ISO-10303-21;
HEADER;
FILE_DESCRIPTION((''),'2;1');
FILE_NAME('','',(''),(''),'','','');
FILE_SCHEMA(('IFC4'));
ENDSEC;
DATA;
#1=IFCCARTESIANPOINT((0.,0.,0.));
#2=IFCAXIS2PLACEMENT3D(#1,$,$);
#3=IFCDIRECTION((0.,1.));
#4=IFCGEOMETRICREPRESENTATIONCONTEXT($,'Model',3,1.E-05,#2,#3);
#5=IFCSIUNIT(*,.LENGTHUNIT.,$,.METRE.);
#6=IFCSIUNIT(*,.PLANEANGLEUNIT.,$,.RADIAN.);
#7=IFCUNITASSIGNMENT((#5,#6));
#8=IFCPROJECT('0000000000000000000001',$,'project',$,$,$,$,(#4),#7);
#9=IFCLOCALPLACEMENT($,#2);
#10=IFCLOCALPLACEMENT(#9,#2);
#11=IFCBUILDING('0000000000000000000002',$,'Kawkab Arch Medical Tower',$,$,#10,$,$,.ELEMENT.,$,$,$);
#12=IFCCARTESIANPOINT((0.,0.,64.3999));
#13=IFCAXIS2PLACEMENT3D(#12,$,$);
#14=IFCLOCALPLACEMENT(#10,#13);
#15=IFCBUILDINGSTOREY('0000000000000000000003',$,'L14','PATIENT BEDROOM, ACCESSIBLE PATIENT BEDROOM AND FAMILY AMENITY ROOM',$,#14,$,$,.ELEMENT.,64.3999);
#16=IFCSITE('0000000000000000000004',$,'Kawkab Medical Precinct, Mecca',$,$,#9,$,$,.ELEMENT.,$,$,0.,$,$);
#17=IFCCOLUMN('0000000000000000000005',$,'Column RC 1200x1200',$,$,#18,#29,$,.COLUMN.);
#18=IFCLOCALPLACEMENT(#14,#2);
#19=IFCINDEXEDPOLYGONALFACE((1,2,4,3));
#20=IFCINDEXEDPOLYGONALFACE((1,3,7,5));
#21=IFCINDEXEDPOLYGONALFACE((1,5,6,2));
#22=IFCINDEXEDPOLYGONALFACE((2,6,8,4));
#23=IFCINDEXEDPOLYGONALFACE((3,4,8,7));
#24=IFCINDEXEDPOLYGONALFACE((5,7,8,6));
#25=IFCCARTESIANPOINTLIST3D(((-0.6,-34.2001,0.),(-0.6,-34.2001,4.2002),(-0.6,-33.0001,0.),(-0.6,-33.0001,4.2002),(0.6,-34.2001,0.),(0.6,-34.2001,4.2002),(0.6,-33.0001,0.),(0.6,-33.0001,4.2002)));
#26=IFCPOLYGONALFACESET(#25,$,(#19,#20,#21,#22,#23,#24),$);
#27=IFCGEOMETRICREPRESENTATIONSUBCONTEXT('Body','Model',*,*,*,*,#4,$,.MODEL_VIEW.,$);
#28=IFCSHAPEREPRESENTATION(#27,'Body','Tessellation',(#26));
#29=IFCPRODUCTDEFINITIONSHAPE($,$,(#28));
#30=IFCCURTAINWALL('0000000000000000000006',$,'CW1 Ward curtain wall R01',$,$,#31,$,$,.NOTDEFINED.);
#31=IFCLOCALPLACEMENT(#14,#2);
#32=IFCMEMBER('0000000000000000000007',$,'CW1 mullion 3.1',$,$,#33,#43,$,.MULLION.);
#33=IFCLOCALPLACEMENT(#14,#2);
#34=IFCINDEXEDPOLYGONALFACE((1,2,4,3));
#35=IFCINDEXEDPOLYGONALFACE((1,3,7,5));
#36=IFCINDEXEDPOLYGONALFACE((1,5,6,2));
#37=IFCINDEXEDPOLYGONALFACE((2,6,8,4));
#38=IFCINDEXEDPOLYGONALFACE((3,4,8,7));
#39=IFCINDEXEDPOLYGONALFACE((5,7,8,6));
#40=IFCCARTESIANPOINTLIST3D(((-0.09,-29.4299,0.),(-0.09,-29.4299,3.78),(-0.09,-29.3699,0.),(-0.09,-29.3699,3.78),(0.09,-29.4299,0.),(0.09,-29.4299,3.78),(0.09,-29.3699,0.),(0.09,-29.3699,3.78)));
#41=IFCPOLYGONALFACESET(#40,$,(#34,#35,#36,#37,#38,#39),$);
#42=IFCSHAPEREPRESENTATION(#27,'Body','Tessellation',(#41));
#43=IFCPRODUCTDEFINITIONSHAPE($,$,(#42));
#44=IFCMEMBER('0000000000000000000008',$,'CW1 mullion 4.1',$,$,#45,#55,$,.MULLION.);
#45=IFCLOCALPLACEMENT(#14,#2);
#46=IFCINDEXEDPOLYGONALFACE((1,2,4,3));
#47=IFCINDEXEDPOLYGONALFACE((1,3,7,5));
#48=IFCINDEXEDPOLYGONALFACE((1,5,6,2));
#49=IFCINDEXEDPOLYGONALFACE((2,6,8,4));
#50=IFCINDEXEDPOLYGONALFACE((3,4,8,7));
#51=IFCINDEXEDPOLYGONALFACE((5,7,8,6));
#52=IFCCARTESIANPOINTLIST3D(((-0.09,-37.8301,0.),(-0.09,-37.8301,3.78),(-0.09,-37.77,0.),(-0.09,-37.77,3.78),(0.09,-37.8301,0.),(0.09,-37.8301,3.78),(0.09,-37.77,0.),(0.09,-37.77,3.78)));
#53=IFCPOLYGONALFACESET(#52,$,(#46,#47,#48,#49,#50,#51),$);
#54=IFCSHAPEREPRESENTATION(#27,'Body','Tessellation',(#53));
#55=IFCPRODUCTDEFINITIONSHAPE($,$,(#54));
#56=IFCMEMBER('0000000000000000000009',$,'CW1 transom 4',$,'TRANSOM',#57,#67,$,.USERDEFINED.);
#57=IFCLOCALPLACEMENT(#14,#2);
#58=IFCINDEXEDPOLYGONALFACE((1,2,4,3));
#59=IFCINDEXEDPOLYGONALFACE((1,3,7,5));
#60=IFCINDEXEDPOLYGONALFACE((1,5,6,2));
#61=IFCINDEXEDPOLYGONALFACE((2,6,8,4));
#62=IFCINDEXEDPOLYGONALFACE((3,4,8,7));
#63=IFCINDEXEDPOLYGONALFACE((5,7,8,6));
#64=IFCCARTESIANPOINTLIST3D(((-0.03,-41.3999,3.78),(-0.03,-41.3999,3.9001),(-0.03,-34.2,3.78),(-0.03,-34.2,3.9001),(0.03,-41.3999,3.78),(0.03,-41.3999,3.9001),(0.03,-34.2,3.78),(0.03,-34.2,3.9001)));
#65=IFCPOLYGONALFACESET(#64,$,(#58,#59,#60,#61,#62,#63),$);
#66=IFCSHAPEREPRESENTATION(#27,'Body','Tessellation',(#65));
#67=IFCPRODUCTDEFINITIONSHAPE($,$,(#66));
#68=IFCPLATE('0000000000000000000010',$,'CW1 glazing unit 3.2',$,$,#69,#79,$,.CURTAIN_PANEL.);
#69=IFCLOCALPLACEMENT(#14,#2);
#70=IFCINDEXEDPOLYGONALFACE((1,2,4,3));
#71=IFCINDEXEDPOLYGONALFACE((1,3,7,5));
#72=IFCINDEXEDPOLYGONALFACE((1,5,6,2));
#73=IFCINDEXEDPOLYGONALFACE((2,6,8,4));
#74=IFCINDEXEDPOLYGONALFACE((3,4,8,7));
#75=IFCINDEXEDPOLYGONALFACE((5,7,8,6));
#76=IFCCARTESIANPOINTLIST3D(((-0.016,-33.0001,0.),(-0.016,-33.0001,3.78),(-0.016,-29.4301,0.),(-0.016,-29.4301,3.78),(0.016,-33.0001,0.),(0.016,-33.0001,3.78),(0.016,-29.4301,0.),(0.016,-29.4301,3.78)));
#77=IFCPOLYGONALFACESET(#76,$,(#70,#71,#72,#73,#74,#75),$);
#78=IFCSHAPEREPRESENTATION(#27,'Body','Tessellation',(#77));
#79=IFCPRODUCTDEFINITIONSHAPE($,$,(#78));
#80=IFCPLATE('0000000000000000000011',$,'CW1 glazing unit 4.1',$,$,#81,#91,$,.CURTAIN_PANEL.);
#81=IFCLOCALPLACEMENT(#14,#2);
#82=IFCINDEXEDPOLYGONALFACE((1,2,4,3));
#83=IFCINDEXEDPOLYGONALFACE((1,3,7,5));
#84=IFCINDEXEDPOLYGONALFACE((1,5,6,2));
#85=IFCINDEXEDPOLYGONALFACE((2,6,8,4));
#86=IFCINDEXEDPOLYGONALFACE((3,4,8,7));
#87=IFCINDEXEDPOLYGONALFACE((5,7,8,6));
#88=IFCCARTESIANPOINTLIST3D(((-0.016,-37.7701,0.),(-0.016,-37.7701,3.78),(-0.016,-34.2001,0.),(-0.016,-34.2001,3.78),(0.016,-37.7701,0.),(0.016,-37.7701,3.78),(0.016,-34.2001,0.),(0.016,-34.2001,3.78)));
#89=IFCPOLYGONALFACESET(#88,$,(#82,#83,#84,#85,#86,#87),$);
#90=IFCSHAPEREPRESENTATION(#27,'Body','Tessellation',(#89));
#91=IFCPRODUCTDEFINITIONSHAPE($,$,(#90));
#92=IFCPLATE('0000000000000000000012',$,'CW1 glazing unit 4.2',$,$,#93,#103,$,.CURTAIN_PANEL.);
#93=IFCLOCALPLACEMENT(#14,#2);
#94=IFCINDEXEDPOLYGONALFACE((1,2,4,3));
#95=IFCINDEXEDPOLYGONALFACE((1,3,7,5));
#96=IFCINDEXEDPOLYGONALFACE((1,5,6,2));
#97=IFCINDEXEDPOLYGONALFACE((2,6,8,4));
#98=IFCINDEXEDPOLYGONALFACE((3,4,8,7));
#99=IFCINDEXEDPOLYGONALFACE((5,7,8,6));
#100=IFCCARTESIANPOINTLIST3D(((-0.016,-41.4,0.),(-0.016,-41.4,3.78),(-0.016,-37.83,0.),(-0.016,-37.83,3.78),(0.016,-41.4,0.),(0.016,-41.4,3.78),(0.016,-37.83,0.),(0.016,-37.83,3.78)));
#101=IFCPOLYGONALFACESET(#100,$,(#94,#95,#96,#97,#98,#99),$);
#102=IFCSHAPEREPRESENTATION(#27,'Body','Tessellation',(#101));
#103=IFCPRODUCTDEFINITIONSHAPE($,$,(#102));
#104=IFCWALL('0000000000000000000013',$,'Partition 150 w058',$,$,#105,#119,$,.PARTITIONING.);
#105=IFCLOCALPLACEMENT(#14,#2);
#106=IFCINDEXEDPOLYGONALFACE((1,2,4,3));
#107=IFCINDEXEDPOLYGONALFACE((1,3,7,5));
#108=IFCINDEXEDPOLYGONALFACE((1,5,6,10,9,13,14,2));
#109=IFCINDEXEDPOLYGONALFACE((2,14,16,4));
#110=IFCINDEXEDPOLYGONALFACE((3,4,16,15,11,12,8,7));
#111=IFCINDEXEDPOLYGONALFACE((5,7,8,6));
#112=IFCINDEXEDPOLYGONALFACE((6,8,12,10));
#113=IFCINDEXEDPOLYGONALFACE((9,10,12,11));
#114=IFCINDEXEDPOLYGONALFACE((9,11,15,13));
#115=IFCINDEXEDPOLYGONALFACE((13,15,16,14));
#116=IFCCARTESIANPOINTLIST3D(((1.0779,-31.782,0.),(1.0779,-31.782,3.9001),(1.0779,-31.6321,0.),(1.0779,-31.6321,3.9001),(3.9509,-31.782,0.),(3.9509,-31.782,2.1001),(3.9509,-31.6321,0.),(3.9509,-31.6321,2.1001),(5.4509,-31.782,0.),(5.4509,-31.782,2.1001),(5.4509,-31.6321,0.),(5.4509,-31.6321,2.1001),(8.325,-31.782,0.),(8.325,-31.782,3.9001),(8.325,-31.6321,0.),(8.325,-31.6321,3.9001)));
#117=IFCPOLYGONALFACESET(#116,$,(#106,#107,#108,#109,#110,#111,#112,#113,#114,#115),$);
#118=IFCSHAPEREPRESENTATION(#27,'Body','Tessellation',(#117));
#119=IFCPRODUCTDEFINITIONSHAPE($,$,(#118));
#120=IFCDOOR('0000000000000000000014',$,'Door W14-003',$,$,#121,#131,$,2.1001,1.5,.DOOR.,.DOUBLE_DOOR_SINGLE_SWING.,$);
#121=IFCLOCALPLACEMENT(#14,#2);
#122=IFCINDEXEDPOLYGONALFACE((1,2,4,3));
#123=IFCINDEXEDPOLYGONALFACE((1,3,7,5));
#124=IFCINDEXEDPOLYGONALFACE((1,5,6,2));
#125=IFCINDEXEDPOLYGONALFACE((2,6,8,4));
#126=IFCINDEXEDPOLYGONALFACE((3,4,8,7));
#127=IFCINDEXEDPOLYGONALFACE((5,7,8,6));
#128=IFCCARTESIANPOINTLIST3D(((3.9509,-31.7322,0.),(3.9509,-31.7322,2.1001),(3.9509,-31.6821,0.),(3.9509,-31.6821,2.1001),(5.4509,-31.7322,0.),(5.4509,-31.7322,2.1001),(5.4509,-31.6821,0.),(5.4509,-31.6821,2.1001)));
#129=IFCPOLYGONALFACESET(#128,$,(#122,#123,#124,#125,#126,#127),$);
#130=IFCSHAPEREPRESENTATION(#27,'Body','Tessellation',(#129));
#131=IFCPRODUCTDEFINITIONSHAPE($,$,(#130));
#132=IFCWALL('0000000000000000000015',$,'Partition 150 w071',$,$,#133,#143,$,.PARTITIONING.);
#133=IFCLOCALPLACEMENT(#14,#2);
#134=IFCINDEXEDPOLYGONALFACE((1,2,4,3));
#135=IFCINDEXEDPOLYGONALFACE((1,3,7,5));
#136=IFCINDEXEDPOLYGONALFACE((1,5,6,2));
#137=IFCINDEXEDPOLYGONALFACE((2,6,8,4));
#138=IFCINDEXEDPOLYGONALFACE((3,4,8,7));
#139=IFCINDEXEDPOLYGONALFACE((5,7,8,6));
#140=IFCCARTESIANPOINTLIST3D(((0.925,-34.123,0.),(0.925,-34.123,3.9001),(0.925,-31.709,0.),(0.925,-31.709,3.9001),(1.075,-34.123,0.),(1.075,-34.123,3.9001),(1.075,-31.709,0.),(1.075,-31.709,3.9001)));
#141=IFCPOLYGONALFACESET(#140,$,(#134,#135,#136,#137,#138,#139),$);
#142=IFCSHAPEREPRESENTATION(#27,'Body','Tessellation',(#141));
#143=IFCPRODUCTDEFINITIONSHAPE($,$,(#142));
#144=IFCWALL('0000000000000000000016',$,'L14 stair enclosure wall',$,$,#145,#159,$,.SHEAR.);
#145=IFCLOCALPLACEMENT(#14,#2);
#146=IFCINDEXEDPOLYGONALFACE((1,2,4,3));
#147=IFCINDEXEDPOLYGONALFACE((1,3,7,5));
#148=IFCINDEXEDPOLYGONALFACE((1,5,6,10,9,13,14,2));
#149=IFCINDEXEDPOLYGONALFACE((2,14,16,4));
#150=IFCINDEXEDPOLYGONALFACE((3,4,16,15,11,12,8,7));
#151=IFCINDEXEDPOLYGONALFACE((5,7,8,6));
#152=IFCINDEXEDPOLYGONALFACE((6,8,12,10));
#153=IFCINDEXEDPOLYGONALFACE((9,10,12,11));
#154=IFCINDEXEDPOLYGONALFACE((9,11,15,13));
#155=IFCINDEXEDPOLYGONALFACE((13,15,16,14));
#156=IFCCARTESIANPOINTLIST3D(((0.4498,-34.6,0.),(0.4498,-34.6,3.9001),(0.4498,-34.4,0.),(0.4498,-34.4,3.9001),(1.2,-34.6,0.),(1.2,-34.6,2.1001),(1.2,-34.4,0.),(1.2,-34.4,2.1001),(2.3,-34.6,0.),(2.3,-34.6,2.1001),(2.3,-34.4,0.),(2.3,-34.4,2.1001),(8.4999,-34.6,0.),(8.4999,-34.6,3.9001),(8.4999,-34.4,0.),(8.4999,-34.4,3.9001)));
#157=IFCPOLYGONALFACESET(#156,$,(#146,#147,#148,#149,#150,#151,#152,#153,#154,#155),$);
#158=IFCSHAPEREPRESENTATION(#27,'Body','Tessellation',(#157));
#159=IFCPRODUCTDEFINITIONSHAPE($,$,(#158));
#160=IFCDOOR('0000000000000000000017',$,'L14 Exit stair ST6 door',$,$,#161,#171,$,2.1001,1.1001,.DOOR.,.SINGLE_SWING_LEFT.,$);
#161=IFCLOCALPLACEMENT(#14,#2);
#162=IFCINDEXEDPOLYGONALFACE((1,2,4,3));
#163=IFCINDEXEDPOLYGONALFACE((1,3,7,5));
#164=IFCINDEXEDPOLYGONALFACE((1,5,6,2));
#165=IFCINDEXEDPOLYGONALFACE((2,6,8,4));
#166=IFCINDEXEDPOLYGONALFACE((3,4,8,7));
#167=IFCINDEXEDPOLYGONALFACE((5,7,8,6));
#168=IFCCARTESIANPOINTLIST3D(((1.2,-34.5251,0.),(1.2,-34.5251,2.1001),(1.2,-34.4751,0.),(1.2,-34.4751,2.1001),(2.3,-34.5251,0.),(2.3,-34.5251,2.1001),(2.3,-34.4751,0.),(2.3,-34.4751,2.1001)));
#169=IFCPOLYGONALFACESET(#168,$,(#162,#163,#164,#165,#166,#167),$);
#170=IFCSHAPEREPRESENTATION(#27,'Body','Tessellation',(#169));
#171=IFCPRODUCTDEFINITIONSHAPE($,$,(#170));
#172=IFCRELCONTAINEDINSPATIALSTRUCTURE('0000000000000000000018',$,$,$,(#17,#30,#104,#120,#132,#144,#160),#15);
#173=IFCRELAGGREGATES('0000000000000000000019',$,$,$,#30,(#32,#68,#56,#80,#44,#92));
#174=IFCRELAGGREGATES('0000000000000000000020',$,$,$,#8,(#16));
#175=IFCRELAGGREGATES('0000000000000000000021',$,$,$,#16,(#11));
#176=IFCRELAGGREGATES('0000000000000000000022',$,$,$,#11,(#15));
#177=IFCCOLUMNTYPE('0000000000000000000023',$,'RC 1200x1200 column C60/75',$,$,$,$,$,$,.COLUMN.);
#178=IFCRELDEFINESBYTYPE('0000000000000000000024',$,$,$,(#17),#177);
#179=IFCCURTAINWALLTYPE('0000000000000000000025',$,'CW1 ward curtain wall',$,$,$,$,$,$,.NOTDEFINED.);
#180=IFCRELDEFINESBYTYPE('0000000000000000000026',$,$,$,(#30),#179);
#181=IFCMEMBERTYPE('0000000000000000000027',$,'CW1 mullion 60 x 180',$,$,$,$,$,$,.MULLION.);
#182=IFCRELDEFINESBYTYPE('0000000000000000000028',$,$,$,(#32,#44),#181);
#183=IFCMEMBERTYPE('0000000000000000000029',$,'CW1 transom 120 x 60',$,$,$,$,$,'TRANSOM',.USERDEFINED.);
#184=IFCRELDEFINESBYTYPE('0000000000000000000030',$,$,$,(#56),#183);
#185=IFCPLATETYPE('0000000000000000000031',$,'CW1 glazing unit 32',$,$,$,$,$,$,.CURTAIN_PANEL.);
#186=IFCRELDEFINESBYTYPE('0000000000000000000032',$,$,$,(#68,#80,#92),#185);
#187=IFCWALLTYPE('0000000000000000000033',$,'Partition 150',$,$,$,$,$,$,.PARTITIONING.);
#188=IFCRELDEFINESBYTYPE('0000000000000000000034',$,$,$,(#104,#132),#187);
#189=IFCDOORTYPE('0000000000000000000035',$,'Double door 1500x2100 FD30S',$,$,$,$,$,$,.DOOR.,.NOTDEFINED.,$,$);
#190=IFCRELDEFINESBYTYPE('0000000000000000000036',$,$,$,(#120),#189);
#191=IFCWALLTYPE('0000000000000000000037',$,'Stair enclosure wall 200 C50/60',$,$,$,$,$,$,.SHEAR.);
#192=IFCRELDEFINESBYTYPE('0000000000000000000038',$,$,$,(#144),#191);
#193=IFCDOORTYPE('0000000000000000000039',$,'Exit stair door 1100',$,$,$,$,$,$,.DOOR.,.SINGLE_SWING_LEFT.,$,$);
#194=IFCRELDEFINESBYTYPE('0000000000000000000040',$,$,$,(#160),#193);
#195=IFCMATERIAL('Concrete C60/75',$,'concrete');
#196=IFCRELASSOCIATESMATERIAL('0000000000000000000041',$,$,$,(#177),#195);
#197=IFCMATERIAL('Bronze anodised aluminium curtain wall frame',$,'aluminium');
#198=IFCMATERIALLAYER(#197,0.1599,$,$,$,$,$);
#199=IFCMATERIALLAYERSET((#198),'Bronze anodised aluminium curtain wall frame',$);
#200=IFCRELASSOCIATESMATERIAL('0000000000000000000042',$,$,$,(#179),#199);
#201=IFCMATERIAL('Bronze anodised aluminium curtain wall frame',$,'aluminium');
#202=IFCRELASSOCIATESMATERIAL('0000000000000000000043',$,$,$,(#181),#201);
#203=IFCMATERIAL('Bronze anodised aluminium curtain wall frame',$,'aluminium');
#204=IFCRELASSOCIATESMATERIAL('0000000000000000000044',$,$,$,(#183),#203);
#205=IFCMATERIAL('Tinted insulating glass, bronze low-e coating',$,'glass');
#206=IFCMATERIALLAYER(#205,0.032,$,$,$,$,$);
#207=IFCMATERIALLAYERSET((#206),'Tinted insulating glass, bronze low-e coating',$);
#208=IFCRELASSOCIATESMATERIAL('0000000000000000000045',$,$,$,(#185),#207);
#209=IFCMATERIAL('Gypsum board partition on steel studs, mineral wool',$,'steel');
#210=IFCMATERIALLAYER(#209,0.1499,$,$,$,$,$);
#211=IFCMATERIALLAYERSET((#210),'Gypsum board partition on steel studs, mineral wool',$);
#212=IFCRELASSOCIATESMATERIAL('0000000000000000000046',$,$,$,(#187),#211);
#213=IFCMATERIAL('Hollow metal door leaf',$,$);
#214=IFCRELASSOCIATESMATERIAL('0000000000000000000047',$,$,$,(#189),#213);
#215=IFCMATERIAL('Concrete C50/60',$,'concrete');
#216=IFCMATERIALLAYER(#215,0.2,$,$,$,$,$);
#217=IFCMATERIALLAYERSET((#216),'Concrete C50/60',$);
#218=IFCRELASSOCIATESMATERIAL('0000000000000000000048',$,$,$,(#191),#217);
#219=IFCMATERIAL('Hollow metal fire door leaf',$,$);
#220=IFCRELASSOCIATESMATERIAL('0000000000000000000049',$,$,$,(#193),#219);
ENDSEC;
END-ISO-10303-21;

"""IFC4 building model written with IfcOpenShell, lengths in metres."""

from ifc_helpers import new_model, si_unit, direction, frame, frame_2d, origin, origin_2d, place, context, subcontext, project, spatial, rectangle, extrude, material, layer, layer_set, material_profile, profile_set, type_object, element, fill, aggregate, save


model = new_model("IFC4")

# Units and contexts
model_context = context("Model", 3, precision=1e-05, world=origin(), true_north=direction((0.0, 1.0)))
body_context = subcontext(model_context, "Body", "Model", "MODEL_VIEW")
ifc_project = project(units=[si_unit("LENGTHUNIT", "METRE"), si_unit("PLANEANGLEUNIT", "RADIAN")], contexts=[model_context])

# Site, building, storey
site_placement = place(None, origin())
site = spatial("IfcSite", under=ifc_project, at=site_placement, Name="Kawkab Medical Precinct, Mecca", CompositionType="ELEMENT", RefElevation=0.0)
building_placement = place(site_placement, origin())
building = spatial("IfcBuilding", under=site, at=building_placement, Name="Kawkab Arch Medical Tower", CompositionType="ELEMENT")
storey_placement = place(building_placement, frame((0.0, 0.0, 64.3999)))
storey = spatial("IfcBuildingStorey", under=building, at=storey_placement, Name="L14", Description="PATIENT BEDROOM, ACCESSIBLE PATIENT BEDROOM AND FAMILY AMENITY ROOM", CompositionType="ELEMENT", Elevation=64.3999)

# Column
ifc_material_1 = material(Name="Concrete C60/75", Category="concrete")
ifc_material_profile_1 = material_profile(ifc_material_1, rectangle(XDim=1.2, YDim=1.2, at=origin_2d()), Name="RC 1200x1200")
ifc_profile_set_1 = profile_set([ifc_material_profile_1], Name="Concrete C60/75")
column_type = type_object("IfcColumnType", Name="RC 1200x1200 column C60/75", PredefinedType="COLUMN", material=ifc_profile_set_1)
column_placement = place(storey_placement, frame((0.0, -33.6001, 0.0), z_axis=(0.0, 0.0, 1.0), x_axis=(1.0, 0.0, 0.0)))
element("IfcColumn", 1, at=column_placement, inside=storey, type_object=column_type, Name="Column RC 1200x1200", PredefinedType="COLUMN", context=body_context, shape_type="SweptSolid", body=[
    extrude(rectangle(XDim=1.2, YDim=1.2, at=origin_2d()), origin(), (0.0, 0.0, 1.0), 4.2002),
])

# Curtain wall, members, plates
ifc_material_2 = material(Name="Bronze anodised aluminium curtain wall frame", Category="aluminium")
ifc_layer_1 = layer(ifc_material_2, 0.1599)
ifc_layer_set_1 = layer_set([ifc_layer_1], Name="Bronze anodised aluminium curtain wall frame")
curtain_wall_type = type_object("IfcCurtainWallType", Name="CW1 ward curtain wall", PredefinedType="NOTDEFINED", material=ifc_layer_set_1)
curtain_wall_placement = place(storey_placement, origin())
curtain_wall = element("IfcCurtainWall", 2, at=curtain_wall_placement, inside=storey, type_object=curtain_wall_type, Name="CW1 Ward curtain wall R01", PredefinedType="NOTDEFINED")
ifc_material_3 = material(Name="Bronze anodised aluminium curtain wall frame", Category="aluminium")
ifc_material_profile_2 = material_profile(ifc_material_3, rectangle(XDim=0.1799, YDim=0.0601, at=origin_2d()), Name="AL 60x180")
ifc_profile_set_2 = profile_set([ifc_material_profile_2], Name="Bronze anodised aluminium curtain wall frame")
member_type_1 = type_object("IfcMemberType", Name="CW1 mullion 60 x 180", PredefinedType="MULLION", material=ifc_profile_set_2)
member_1_placement = place(storey_placement, frame((0.0, -29.3999, 0.0), z_axis=(0.0, 0.0, 1.0), x_axis=(1.0, 0.0, 0.0)))
member_1 = element("IfcMember", 3, at=member_1_placement, type_object=member_type_1, Name="CW1 mullion 3.1", PredefinedType="MULLION", context=body_context, shape_type="SweptSolid", body=[
    extrude(rectangle(XDim=0.1799, YDim=0.0601, at=origin_2d()), origin(), (0.0, 0.0, 1.0), 3.78),
])
member_2_placement = place(storey_placement, frame((0.0, -37.8, 0.0), z_axis=(0.0, 0.0, 1.0), x_axis=(1.0, 0.0, 0.0)))
member_2 = element("IfcMember", 4, at=member_2_placement, type_object=member_type_1, Name="CW1 mullion 4.1", PredefinedType="MULLION", context=body_context, shape_type="SweptSolid", body=[
    extrude(rectangle(XDim=0.1799, YDim=0.0601, at=origin_2d()), origin(), (0.0, 0.0, 1.0), 3.78),
])
ifc_material_4 = material(Name="Bronze anodised aluminium curtain wall frame", Category="aluminium")
ifc_material_profile_3 = material_profile(ifc_material_4, rectangle(XDim=0.0601, YDim=0.1201, at=origin_2d()), Name="AL 60x120")
ifc_profile_set_3 = profile_set([ifc_material_profile_3], Name="Bronze anodised aluminium curtain wall frame")
member_type_2 = type_object("IfcMemberType", Name="CW1 transom 120 x 60", ElementType="TRANSOM", PredefinedType="USERDEFINED", material=ifc_profile_set_3)
member_3_placement = place(storey_placement, frame((0.0, -34.2, 3.8401), z_axis=(0.0, -1.0, 0.0), x_axis=(1.0, 0.0, 0.0)))
member_3 = element("IfcMember", 5, at=member_3_placement, type_object=member_type_2, Name="CW1 transom 4", ObjectType="TRANSOM", PredefinedType="USERDEFINED", context=body_context, shape_type="SweptSolid", body=[
    extrude(rectangle(XDim=0.0601, YDim=0.1201, at=origin_2d()), origin(), (0.0, 0.0, 1.0), 7.2),
])
ifc_material_5 = material(Name="Tinted insulating glass, bronze low-e coating", Category="glass")
ifc_layer_2 = layer(ifc_material_5, 0.032)
ifc_layer_set_2 = layer_set([ifc_layer_2], Name="Tinted insulating glass, bronze low-e coating")
plate_type = type_object("IfcPlateType", Name="CW1 glazing unit 32", PredefinedType="CURTAIN_PANEL", material=ifc_layer_set_2)
plate_1_placement = place(storey_placement, frame((0.0, -31.2151, 0.0), z_axis=(0.0, 0.0, 1.0), x_axis=(0.0, -1.0, 0.0)))
plate_1 = element("IfcPlate", 6, at=plate_1_placement, type_object=plate_type, Name="CW1 glazing unit 3.2", PredefinedType="CURTAIN_PANEL", context=body_context, shape_type="SweptSolid", body=[
    extrude(rectangle(XDim=3.5701, YDim=0.032, at=origin_2d()), origin(), (0.0, 0.0, 1.0), 3.78),
])
plate_2_placement = place(storey_placement, frame((0.0, -35.9851, 0.0), z_axis=(0.0, 0.0, 1.0), x_axis=(0.0, -1.0, 0.0)))
plate_2 = element("IfcPlate", 7, at=plate_2_placement, type_object=plate_type, Name="CW1 glazing unit 4.1", PredefinedType="CURTAIN_PANEL", context=body_context, shape_type="SweptSolid", body=[
    extrude(rectangle(XDim=3.5701, YDim=0.032, at=origin_2d()), origin(), (0.0, 0.0, 1.0), 3.78),
])
plate_3_placement = place(storey_placement, frame((0.0, -39.615, 0.0), z_axis=(0.0, 0.0, 1.0), x_axis=(0.0, -1.0, 0.0)))
plate_3 = element("IfcPlate", 8, at=plate_3_placement, type_object=plate_type, Name="CW1 glazing unit 4.2", PredefinedType="CURTAIN_PANEL", context=body_context, shape_type="SweptSolid", body=[
    extrude(rectangle(XDim=3.5701, YDim=0.032, at=origin_2d()), origin(), (0.0, 0.0, 1.0), 3.78),
])
aggregate(curtain_wall, [member_1, plate_1, member_3, plate_2, member_2, plate_3])

# Wall, opening, door
ifc_material_6 = material(Name="Gypsum board partition on steel studs, mineral wool", Category="steel")
ifc_layer_3 = layer(ifc_material_6, 0.1499)
ifc_layer_set_3 = layer_set([ifc_layer_3], Name="Gypsum board partition on steel studs, mineral wool")
wall_type_1 = type_object("IfcWallType", Name="Partition 150", PredefinedType="PARTITIONING", material=ifc_layer_set_3)
wall_1_placement = place(storey_placement, frame((1.0779, -31.707, 0.0), z_axis=(0.0, 0.0, 1.0), x_axis=(1.0, 0.0, 0.0)))
wall_1 = element("IfcWall", 9, at=wall_1_placement, inside=storey, type_object=wall_type_1, Name="Partition 150 w058", PredefinedType="PARTITIONING", context=body_context, shape_type="SweptSolid", body=[
    extrude(rectangle(XDim=7.2471, YDim=0.1499, at=frame_2d((3.6235, 0.0))), origin(), (0.0, 0.0, 1.0), 3.9001),
])
opening_1_placement = place(wall_1_placement, frame((2.873, 0.0, 0.0)))
opening_1 = element("IfcOpeningElement", 10, at=opening_1_placement, cuts=wall_1, PredefinedType="OPENING", context=body_context, shape_type="SweptSolid", body=[
    extrude(rectangle(XDim=1.5, YDim=2.1001, at=frame_2d((0.75, 1.05))), frame((0.0, 0.085, 0.0), z_axis=(0.0, -1.0, 0.0), x_axis=(1.0, 0.0, 0.0)), (0.0, 0.0, 1.0), 0.1699),
])
ifc_material_7 = material(Name="Hollow metal door leaf")
door_type_1 = type_object("IfcDoorType", Name="Double door 1500x2100 FD30S", OperationType="NOTDEFINED", PredefinedType="DOOR", material=ifc_material_7)
door_1_placement = place(opening_1_placement, origin())
door_1 = element("IfcDoor", 11, at=door_1_placement, inside=storey, type_object=door_type_1, Name="Door W14-003", OperationType="DOUBLE_DOOR_SINGLE_SWING", OverallHeight=2.1001, OverallWidth=1.5, PredefinedType="DOOR", context=body_context, shape_type="SweptSolid", body=[
    extrude(rectangle(XDim=1.5, YDim=2.1001, at=frame_2d((0.75, 1.05))), frame((0.0, 0.0249, 0.0), z_axis=(0.0, -1.0, 0.0), x_axis=(1.0, 0.0, 0.0)), (0.0, 0.0, 1.0), 0.05),
])
fill(opening_1, door_1)

# Wall
wall_2_placement = place(storey_placement, frame((1.0, -34.123, 0.0), z_axis=(0.0, 0.0, 1.0), x_axis=(0.0, 1.0, 0.0)))
element("IfcWall", 12, at=wall_2_placement, inside=storey, type_object=wall_type_1, Name="Partition 150 w071", PredefinedType="PARTITIONING", context=body_context, shape_type="SweptSolid", body=[
    extrude(rectangle(XDim=2.4141, YDim=0.1499, at=frame_2d((1.207, 0.0))), origin(), (0.0, 0.0, 1.0), 3.9001),
])

# Wall, opening, door
ifc_material_8 = material(Name="Concrete C50/60", Category="concrete")
ifc_layer_4 = layer(ifc_material_8, 0.2)
ifc_layer_set_4 = layer_set([ifc_layer_4], Name="Concrete C50/60")
wall_type_2 = type_object("IfcWallType", Name="Stair enclosure wall 200 C50/60", PredefinedType="SHEAR", material=ifc_layer_set_4)
wall_3_placement = place(storey_placement, frame((0.45, -34.5, 0.0), z_axis=(0.0, 0.0, 1.0), x_axis=(1.0, 0.0, 0.0)))
wall_3 = element("IfcWall", 13, at=wall_3_placement, inside=storey, type_object=wall_type_2, Name="L14 stair enclosure wall", PredefinedType="SHEAR", context=body_context, shape_type="SweptSolid", body=[
    extrude(rectangle(XDim=8.05, YDim=0.2, at=frame_2d((4.0249, 0.0))), origin(), (0.0, 0.0, 1.0), 3.9001),
])
opening_2_placement = place(wall_3_placement, frame((0.75, 0.0, 0.0)))
opening_2 = element("IfcOpeningElement", 14, at=opening_2_placement, cuts=wall_3, PredefinedType="OPENING", context=body_context, shape_type="SweptSolid", body=[
    extrude(rectangle(XDim=1.1001, YDim=2.1001, at=frame_2d((0.55, 1.05))), frame((0.0, 0.1099, 0.0), z_axis=(0.0, -1.0, 0.0), x_axis=(1.0, 0.0, 0.0)), (0.0, 0.0, 1.0), 0.22),
])
ifc_material_9 = material(Name="Hollow metal fire door leaf")
door_type_2 = type_object("IfcDoorType", Name="Exit stair door 1100", OperationType="SINGLE_SWING_LEFT", PredefinedType="DOOR", material=ifc_material_9)
door_2_placement = place(opening_2_placement, origin())
door_2 = element("IfcDoor", 15, at=door_2_placement, inside=storey, type_object=door_type_2, Name="L14 Exit stair ST6 door", OperationType="SINGLE_SWING_LEFT", OverallHeight=2.1001, OverallWidth=1.1001, PredefinedType="DOOR", context=body_context, shape_type="SweptSolid", body=[
    extrude(rectangle(XDim=1.1001, YDim=2.1001, at=frame_2d((0.55, 1.05))), frame((0.0, 0.0249, 0.0), z_axis=(0.0, -1.0, 0.0), x_axis=(1.0, 0.0, 0.0)), (0.0, 0.0, 1.0), 0.05),
])
fill(opening_2, door_2)

save(model, "model.ifc")
